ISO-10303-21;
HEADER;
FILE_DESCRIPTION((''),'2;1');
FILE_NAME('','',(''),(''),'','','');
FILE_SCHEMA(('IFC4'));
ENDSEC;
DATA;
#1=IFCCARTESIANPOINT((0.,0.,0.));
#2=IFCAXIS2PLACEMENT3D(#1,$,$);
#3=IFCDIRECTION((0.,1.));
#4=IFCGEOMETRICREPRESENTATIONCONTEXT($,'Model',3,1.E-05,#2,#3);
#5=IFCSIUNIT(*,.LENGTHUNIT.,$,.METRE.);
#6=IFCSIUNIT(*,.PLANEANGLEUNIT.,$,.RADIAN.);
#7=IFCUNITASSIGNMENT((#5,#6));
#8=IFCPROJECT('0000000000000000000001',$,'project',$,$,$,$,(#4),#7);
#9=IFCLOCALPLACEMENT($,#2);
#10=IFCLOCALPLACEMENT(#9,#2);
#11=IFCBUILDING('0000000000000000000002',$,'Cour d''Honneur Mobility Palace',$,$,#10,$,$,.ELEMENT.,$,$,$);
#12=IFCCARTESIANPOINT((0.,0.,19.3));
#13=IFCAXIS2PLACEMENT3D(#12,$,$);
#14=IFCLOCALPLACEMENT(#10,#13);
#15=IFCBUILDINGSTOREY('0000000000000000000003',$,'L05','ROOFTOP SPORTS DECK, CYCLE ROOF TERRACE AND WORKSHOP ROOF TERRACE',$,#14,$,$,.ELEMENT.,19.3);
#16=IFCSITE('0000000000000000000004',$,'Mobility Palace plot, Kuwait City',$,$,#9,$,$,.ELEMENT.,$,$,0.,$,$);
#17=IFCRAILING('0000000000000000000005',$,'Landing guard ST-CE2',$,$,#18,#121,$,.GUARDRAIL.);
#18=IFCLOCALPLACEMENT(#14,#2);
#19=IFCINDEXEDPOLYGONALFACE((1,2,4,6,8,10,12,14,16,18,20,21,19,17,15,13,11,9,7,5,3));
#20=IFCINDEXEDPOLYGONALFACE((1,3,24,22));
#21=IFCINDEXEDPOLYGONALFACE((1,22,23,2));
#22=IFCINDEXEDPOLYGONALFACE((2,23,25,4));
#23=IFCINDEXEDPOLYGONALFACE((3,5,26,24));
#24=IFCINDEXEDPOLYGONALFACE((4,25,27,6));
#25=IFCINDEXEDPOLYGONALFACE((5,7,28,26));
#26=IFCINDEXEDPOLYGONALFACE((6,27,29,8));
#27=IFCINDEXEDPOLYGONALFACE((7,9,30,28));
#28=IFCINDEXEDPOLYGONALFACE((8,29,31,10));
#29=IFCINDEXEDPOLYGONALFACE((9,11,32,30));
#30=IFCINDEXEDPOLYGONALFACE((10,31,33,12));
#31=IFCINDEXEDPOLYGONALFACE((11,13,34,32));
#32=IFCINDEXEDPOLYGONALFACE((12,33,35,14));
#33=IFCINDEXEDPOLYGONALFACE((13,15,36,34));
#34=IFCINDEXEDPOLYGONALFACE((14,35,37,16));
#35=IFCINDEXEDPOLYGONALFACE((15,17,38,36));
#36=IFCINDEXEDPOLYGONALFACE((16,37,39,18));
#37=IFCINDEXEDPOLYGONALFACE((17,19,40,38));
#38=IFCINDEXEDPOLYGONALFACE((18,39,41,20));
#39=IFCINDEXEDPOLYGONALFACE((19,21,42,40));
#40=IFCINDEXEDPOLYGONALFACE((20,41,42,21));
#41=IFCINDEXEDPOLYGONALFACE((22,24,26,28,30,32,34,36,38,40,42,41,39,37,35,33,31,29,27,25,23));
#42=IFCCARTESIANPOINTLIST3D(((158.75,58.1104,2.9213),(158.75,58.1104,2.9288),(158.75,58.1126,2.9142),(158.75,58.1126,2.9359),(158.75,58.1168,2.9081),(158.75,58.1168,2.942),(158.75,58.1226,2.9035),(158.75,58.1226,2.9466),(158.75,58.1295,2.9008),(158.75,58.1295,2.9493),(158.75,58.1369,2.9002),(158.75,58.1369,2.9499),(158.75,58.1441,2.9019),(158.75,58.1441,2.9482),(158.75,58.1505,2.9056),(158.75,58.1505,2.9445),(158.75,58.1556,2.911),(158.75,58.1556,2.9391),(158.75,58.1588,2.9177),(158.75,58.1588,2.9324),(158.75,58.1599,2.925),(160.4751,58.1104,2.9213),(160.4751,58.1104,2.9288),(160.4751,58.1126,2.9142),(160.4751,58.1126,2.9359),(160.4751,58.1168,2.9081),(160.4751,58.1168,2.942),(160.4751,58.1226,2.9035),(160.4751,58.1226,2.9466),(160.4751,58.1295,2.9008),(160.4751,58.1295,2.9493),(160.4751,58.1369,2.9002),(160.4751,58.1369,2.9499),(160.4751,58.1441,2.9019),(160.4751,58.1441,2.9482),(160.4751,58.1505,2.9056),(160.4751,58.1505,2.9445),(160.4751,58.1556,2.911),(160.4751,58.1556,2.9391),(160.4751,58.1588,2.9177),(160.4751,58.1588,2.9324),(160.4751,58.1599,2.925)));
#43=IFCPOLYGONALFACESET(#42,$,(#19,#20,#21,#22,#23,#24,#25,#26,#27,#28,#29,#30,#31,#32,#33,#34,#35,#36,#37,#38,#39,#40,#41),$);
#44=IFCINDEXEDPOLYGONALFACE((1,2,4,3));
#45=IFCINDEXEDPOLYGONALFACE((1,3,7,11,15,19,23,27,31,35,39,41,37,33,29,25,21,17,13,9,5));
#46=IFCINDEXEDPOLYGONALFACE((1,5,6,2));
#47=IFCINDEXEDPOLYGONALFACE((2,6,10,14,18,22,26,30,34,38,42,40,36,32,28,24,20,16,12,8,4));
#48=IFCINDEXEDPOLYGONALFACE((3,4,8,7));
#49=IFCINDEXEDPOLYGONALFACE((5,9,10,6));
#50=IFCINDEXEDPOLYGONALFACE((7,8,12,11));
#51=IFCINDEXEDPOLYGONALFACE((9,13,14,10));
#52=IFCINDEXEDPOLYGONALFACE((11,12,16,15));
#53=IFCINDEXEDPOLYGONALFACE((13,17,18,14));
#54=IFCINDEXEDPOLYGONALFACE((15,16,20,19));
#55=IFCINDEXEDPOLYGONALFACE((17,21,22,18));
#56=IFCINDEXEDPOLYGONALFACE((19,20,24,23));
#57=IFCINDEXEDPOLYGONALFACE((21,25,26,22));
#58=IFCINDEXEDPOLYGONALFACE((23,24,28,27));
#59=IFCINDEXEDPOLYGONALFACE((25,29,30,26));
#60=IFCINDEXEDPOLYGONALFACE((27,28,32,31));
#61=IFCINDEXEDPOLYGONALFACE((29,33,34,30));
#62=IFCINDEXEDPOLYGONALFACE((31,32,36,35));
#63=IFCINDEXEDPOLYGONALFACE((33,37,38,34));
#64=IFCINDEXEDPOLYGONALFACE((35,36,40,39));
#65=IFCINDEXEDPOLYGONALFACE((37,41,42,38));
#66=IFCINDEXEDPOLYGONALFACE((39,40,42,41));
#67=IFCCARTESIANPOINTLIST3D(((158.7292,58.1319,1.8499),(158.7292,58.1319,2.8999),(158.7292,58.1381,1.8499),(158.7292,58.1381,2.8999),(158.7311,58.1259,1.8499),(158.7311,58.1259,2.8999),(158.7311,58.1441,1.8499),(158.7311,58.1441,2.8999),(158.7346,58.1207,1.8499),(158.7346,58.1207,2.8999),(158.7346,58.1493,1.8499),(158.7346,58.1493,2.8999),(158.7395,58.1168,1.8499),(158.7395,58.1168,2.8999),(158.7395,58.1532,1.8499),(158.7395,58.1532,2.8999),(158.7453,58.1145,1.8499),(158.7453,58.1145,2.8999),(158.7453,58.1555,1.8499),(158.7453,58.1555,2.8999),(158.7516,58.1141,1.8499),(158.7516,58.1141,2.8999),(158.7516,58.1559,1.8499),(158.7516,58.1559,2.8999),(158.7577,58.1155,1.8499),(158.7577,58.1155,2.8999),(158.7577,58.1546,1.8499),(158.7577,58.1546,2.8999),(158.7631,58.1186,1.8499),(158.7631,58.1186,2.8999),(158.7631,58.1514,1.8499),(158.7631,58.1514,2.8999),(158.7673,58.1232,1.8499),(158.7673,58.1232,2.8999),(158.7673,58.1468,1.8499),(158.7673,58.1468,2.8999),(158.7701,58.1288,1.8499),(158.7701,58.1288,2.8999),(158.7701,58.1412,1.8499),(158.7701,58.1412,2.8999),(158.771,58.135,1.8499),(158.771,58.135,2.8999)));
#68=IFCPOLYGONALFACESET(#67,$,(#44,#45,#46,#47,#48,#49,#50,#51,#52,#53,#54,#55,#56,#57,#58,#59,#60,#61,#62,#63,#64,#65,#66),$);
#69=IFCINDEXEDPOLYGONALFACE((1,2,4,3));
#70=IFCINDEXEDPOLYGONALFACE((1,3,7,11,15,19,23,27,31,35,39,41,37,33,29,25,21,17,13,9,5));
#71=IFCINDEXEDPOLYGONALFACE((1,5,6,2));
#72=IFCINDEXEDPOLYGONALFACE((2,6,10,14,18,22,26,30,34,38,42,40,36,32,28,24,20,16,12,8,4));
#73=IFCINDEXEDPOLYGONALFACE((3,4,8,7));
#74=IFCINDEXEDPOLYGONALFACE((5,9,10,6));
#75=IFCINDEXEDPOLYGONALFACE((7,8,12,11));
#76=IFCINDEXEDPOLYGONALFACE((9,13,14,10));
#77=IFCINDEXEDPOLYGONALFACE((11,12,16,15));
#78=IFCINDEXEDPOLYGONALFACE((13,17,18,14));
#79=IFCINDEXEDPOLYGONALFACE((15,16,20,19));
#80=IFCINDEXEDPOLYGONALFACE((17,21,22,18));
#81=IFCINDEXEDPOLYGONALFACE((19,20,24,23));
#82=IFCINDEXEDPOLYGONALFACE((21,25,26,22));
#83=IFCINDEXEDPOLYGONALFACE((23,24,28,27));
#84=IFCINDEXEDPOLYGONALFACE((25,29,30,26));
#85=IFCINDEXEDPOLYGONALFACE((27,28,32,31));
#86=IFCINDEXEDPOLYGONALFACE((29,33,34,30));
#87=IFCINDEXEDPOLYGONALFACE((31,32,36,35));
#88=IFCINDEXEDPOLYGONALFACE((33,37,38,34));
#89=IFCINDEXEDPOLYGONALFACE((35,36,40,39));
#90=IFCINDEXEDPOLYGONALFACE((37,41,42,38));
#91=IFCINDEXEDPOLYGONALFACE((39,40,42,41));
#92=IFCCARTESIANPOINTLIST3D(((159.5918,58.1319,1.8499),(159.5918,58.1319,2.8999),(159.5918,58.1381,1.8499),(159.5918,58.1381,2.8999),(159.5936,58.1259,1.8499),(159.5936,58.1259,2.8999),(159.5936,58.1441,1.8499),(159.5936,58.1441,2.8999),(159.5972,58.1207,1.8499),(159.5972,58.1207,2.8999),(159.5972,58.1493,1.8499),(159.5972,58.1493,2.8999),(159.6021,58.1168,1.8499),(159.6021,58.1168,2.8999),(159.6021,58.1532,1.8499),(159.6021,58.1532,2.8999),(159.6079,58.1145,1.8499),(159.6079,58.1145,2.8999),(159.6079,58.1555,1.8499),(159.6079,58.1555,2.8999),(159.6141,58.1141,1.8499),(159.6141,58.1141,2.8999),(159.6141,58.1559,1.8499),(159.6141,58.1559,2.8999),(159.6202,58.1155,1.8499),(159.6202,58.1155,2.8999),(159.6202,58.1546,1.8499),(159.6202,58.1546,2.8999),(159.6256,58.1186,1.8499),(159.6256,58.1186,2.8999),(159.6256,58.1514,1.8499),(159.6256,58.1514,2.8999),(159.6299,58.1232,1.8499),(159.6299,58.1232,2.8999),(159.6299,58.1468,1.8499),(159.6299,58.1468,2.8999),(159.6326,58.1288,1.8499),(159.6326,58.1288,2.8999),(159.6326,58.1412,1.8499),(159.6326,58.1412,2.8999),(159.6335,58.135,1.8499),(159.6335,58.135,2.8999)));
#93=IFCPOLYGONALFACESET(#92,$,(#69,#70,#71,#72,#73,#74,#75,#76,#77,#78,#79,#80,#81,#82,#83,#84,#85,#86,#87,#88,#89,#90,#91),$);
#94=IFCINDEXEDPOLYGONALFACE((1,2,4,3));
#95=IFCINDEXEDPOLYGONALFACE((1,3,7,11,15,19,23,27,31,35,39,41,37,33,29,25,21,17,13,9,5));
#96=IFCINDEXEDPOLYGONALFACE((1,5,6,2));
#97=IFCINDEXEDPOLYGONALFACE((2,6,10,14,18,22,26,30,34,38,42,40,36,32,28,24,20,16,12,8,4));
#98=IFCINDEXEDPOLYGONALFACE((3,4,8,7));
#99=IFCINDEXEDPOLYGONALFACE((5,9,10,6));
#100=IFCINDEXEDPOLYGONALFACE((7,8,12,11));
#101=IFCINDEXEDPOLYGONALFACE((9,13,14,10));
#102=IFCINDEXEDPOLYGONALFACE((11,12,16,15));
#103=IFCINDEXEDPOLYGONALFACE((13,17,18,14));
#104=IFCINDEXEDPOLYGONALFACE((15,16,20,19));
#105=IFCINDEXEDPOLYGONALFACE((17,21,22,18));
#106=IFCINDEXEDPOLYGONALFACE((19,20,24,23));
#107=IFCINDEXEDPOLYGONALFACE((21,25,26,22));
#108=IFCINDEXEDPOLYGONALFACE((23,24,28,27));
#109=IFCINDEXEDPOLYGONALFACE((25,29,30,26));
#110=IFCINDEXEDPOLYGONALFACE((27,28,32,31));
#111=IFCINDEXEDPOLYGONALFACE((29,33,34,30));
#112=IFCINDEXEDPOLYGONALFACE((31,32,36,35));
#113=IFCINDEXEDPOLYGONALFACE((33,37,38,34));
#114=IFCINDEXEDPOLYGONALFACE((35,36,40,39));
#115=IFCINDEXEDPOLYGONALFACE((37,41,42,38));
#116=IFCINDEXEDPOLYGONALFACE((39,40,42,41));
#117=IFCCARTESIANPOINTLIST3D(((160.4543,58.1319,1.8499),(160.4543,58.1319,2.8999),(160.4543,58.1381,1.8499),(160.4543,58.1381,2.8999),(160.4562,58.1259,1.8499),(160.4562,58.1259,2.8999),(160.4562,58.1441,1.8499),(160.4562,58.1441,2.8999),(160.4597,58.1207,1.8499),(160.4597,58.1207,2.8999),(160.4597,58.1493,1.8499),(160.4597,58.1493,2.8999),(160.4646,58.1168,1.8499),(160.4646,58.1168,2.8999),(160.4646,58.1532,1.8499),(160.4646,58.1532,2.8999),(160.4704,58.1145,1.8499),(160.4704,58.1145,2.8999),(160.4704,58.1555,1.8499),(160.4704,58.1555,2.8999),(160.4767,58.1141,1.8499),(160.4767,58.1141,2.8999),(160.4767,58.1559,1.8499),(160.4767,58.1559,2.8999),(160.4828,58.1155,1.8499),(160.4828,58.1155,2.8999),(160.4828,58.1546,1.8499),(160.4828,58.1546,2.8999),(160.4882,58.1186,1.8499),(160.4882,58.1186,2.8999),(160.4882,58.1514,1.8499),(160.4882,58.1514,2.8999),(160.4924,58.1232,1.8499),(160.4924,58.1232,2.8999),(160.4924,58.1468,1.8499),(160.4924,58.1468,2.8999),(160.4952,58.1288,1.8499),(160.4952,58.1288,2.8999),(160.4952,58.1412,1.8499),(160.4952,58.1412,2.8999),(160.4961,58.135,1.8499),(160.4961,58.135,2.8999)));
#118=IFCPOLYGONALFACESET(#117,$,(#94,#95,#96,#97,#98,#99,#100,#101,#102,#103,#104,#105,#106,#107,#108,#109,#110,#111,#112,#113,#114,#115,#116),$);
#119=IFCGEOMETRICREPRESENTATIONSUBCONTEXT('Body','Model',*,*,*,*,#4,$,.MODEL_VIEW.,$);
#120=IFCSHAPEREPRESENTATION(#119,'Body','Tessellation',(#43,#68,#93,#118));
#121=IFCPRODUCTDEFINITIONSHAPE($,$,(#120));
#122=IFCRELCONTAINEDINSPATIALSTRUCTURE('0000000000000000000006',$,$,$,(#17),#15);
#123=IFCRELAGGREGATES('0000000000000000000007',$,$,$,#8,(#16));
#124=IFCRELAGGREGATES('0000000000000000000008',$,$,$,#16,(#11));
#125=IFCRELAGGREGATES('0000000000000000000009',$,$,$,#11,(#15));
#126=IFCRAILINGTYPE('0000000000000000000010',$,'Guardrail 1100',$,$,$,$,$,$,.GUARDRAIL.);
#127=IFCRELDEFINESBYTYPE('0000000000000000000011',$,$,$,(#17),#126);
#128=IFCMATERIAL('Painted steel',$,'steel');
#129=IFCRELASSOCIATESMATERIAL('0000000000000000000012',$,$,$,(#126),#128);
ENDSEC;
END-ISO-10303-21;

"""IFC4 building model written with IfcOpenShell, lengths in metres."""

from ifc_helpers import new_model, si_unit, direction, frame, origin, origin_2d, place, context, subcontext, project, spatial, circle, extrude, material, type_object, element, save


model = new_model("IFC4")

# Units and contexts
model_context = context("Model", 3, precision=1e-05, world=origin(), true_north=direction((0.0, 1.0)))
body_context = subcontext(model_context, "Body", "Model", "MODEL_VIEW")
ifc_project = project(units=[si_unit("LENGTHUNIT", "METRE"), si_unit("PLANEANGLEUNIT", "RADIAN")], contexts=[model_context])

# Site, building, storey
site_placement = place(None, origin())
site = spatial("IfcSite", under=ifc_project, at=site_placement, Name="Mobility Palace plot, Kuwait City", CompositionType="ELEMENT", RefElevation=0.0)
building_placement = place(site_placement, origin())
building = spatial("IfcBuilding", under=site, at=building_placement, Name="Cour d'Honneur Mobility Palace", CompositionType="ELEMENT")
storey_placement = place(building_placement, frame((0.0, 0.0, 19.3)))
storey = spatial("IfcBuildingStorey", under=building, at=storey_placement, Name="L05", Description="ROOFTOP SPORTS DECK, CYCLE ROOF TERRACE AND WORKSHOP ROOF TERRACE", CompositionType="ELEMENT", Elevation=19.3)

# Railing
ifc_material_1 = material(Name="Painted steel", Category="steel")
railing_type_1 = type_object("IfcRailingType", Name="Guardrail 1100", PredefinedType="GUARDRAIL", material=ifc_material_1)
railing_1_placement = place(storey_placement, frame((158.75, 58.135, 1.8499)))
element("IfcRailing", 1, at=railing_1_placement, inside=storey, type_object=railing_type_1, Name="Landing guard ST-CE2", PredefinedType="GUARDRAIL", context=body_context, shape_type="SweptSolid", body=[
    extrude(circle(Radius=0.0249, at=origin_2d()), frame((0.0, 0.0, 1.0752), z_axis=(1.0, 0.0, 0.0), x_axis=(0.0, 1.0, 0.0)), (0.0, 0.0, 1.0), 1.7251),
    extrude(circle(Radius=0.021, at=origin_2d()), origin(), (0.0, 0.0, 1.0), 1.05),
    extrude(circle(Radius=0.021, at=origin_2d()), frame((0.8625, 0.0, 0.0)), (0.0, 0.0, 1.0), 1.05),
    extrude(circle(Radius=0.021, at=origin_2d()), frame((1.7251, 0.0, 0.0)), (0.0, 0.0, 1.0), 1.05),
])

save(model, "model.ifc")
